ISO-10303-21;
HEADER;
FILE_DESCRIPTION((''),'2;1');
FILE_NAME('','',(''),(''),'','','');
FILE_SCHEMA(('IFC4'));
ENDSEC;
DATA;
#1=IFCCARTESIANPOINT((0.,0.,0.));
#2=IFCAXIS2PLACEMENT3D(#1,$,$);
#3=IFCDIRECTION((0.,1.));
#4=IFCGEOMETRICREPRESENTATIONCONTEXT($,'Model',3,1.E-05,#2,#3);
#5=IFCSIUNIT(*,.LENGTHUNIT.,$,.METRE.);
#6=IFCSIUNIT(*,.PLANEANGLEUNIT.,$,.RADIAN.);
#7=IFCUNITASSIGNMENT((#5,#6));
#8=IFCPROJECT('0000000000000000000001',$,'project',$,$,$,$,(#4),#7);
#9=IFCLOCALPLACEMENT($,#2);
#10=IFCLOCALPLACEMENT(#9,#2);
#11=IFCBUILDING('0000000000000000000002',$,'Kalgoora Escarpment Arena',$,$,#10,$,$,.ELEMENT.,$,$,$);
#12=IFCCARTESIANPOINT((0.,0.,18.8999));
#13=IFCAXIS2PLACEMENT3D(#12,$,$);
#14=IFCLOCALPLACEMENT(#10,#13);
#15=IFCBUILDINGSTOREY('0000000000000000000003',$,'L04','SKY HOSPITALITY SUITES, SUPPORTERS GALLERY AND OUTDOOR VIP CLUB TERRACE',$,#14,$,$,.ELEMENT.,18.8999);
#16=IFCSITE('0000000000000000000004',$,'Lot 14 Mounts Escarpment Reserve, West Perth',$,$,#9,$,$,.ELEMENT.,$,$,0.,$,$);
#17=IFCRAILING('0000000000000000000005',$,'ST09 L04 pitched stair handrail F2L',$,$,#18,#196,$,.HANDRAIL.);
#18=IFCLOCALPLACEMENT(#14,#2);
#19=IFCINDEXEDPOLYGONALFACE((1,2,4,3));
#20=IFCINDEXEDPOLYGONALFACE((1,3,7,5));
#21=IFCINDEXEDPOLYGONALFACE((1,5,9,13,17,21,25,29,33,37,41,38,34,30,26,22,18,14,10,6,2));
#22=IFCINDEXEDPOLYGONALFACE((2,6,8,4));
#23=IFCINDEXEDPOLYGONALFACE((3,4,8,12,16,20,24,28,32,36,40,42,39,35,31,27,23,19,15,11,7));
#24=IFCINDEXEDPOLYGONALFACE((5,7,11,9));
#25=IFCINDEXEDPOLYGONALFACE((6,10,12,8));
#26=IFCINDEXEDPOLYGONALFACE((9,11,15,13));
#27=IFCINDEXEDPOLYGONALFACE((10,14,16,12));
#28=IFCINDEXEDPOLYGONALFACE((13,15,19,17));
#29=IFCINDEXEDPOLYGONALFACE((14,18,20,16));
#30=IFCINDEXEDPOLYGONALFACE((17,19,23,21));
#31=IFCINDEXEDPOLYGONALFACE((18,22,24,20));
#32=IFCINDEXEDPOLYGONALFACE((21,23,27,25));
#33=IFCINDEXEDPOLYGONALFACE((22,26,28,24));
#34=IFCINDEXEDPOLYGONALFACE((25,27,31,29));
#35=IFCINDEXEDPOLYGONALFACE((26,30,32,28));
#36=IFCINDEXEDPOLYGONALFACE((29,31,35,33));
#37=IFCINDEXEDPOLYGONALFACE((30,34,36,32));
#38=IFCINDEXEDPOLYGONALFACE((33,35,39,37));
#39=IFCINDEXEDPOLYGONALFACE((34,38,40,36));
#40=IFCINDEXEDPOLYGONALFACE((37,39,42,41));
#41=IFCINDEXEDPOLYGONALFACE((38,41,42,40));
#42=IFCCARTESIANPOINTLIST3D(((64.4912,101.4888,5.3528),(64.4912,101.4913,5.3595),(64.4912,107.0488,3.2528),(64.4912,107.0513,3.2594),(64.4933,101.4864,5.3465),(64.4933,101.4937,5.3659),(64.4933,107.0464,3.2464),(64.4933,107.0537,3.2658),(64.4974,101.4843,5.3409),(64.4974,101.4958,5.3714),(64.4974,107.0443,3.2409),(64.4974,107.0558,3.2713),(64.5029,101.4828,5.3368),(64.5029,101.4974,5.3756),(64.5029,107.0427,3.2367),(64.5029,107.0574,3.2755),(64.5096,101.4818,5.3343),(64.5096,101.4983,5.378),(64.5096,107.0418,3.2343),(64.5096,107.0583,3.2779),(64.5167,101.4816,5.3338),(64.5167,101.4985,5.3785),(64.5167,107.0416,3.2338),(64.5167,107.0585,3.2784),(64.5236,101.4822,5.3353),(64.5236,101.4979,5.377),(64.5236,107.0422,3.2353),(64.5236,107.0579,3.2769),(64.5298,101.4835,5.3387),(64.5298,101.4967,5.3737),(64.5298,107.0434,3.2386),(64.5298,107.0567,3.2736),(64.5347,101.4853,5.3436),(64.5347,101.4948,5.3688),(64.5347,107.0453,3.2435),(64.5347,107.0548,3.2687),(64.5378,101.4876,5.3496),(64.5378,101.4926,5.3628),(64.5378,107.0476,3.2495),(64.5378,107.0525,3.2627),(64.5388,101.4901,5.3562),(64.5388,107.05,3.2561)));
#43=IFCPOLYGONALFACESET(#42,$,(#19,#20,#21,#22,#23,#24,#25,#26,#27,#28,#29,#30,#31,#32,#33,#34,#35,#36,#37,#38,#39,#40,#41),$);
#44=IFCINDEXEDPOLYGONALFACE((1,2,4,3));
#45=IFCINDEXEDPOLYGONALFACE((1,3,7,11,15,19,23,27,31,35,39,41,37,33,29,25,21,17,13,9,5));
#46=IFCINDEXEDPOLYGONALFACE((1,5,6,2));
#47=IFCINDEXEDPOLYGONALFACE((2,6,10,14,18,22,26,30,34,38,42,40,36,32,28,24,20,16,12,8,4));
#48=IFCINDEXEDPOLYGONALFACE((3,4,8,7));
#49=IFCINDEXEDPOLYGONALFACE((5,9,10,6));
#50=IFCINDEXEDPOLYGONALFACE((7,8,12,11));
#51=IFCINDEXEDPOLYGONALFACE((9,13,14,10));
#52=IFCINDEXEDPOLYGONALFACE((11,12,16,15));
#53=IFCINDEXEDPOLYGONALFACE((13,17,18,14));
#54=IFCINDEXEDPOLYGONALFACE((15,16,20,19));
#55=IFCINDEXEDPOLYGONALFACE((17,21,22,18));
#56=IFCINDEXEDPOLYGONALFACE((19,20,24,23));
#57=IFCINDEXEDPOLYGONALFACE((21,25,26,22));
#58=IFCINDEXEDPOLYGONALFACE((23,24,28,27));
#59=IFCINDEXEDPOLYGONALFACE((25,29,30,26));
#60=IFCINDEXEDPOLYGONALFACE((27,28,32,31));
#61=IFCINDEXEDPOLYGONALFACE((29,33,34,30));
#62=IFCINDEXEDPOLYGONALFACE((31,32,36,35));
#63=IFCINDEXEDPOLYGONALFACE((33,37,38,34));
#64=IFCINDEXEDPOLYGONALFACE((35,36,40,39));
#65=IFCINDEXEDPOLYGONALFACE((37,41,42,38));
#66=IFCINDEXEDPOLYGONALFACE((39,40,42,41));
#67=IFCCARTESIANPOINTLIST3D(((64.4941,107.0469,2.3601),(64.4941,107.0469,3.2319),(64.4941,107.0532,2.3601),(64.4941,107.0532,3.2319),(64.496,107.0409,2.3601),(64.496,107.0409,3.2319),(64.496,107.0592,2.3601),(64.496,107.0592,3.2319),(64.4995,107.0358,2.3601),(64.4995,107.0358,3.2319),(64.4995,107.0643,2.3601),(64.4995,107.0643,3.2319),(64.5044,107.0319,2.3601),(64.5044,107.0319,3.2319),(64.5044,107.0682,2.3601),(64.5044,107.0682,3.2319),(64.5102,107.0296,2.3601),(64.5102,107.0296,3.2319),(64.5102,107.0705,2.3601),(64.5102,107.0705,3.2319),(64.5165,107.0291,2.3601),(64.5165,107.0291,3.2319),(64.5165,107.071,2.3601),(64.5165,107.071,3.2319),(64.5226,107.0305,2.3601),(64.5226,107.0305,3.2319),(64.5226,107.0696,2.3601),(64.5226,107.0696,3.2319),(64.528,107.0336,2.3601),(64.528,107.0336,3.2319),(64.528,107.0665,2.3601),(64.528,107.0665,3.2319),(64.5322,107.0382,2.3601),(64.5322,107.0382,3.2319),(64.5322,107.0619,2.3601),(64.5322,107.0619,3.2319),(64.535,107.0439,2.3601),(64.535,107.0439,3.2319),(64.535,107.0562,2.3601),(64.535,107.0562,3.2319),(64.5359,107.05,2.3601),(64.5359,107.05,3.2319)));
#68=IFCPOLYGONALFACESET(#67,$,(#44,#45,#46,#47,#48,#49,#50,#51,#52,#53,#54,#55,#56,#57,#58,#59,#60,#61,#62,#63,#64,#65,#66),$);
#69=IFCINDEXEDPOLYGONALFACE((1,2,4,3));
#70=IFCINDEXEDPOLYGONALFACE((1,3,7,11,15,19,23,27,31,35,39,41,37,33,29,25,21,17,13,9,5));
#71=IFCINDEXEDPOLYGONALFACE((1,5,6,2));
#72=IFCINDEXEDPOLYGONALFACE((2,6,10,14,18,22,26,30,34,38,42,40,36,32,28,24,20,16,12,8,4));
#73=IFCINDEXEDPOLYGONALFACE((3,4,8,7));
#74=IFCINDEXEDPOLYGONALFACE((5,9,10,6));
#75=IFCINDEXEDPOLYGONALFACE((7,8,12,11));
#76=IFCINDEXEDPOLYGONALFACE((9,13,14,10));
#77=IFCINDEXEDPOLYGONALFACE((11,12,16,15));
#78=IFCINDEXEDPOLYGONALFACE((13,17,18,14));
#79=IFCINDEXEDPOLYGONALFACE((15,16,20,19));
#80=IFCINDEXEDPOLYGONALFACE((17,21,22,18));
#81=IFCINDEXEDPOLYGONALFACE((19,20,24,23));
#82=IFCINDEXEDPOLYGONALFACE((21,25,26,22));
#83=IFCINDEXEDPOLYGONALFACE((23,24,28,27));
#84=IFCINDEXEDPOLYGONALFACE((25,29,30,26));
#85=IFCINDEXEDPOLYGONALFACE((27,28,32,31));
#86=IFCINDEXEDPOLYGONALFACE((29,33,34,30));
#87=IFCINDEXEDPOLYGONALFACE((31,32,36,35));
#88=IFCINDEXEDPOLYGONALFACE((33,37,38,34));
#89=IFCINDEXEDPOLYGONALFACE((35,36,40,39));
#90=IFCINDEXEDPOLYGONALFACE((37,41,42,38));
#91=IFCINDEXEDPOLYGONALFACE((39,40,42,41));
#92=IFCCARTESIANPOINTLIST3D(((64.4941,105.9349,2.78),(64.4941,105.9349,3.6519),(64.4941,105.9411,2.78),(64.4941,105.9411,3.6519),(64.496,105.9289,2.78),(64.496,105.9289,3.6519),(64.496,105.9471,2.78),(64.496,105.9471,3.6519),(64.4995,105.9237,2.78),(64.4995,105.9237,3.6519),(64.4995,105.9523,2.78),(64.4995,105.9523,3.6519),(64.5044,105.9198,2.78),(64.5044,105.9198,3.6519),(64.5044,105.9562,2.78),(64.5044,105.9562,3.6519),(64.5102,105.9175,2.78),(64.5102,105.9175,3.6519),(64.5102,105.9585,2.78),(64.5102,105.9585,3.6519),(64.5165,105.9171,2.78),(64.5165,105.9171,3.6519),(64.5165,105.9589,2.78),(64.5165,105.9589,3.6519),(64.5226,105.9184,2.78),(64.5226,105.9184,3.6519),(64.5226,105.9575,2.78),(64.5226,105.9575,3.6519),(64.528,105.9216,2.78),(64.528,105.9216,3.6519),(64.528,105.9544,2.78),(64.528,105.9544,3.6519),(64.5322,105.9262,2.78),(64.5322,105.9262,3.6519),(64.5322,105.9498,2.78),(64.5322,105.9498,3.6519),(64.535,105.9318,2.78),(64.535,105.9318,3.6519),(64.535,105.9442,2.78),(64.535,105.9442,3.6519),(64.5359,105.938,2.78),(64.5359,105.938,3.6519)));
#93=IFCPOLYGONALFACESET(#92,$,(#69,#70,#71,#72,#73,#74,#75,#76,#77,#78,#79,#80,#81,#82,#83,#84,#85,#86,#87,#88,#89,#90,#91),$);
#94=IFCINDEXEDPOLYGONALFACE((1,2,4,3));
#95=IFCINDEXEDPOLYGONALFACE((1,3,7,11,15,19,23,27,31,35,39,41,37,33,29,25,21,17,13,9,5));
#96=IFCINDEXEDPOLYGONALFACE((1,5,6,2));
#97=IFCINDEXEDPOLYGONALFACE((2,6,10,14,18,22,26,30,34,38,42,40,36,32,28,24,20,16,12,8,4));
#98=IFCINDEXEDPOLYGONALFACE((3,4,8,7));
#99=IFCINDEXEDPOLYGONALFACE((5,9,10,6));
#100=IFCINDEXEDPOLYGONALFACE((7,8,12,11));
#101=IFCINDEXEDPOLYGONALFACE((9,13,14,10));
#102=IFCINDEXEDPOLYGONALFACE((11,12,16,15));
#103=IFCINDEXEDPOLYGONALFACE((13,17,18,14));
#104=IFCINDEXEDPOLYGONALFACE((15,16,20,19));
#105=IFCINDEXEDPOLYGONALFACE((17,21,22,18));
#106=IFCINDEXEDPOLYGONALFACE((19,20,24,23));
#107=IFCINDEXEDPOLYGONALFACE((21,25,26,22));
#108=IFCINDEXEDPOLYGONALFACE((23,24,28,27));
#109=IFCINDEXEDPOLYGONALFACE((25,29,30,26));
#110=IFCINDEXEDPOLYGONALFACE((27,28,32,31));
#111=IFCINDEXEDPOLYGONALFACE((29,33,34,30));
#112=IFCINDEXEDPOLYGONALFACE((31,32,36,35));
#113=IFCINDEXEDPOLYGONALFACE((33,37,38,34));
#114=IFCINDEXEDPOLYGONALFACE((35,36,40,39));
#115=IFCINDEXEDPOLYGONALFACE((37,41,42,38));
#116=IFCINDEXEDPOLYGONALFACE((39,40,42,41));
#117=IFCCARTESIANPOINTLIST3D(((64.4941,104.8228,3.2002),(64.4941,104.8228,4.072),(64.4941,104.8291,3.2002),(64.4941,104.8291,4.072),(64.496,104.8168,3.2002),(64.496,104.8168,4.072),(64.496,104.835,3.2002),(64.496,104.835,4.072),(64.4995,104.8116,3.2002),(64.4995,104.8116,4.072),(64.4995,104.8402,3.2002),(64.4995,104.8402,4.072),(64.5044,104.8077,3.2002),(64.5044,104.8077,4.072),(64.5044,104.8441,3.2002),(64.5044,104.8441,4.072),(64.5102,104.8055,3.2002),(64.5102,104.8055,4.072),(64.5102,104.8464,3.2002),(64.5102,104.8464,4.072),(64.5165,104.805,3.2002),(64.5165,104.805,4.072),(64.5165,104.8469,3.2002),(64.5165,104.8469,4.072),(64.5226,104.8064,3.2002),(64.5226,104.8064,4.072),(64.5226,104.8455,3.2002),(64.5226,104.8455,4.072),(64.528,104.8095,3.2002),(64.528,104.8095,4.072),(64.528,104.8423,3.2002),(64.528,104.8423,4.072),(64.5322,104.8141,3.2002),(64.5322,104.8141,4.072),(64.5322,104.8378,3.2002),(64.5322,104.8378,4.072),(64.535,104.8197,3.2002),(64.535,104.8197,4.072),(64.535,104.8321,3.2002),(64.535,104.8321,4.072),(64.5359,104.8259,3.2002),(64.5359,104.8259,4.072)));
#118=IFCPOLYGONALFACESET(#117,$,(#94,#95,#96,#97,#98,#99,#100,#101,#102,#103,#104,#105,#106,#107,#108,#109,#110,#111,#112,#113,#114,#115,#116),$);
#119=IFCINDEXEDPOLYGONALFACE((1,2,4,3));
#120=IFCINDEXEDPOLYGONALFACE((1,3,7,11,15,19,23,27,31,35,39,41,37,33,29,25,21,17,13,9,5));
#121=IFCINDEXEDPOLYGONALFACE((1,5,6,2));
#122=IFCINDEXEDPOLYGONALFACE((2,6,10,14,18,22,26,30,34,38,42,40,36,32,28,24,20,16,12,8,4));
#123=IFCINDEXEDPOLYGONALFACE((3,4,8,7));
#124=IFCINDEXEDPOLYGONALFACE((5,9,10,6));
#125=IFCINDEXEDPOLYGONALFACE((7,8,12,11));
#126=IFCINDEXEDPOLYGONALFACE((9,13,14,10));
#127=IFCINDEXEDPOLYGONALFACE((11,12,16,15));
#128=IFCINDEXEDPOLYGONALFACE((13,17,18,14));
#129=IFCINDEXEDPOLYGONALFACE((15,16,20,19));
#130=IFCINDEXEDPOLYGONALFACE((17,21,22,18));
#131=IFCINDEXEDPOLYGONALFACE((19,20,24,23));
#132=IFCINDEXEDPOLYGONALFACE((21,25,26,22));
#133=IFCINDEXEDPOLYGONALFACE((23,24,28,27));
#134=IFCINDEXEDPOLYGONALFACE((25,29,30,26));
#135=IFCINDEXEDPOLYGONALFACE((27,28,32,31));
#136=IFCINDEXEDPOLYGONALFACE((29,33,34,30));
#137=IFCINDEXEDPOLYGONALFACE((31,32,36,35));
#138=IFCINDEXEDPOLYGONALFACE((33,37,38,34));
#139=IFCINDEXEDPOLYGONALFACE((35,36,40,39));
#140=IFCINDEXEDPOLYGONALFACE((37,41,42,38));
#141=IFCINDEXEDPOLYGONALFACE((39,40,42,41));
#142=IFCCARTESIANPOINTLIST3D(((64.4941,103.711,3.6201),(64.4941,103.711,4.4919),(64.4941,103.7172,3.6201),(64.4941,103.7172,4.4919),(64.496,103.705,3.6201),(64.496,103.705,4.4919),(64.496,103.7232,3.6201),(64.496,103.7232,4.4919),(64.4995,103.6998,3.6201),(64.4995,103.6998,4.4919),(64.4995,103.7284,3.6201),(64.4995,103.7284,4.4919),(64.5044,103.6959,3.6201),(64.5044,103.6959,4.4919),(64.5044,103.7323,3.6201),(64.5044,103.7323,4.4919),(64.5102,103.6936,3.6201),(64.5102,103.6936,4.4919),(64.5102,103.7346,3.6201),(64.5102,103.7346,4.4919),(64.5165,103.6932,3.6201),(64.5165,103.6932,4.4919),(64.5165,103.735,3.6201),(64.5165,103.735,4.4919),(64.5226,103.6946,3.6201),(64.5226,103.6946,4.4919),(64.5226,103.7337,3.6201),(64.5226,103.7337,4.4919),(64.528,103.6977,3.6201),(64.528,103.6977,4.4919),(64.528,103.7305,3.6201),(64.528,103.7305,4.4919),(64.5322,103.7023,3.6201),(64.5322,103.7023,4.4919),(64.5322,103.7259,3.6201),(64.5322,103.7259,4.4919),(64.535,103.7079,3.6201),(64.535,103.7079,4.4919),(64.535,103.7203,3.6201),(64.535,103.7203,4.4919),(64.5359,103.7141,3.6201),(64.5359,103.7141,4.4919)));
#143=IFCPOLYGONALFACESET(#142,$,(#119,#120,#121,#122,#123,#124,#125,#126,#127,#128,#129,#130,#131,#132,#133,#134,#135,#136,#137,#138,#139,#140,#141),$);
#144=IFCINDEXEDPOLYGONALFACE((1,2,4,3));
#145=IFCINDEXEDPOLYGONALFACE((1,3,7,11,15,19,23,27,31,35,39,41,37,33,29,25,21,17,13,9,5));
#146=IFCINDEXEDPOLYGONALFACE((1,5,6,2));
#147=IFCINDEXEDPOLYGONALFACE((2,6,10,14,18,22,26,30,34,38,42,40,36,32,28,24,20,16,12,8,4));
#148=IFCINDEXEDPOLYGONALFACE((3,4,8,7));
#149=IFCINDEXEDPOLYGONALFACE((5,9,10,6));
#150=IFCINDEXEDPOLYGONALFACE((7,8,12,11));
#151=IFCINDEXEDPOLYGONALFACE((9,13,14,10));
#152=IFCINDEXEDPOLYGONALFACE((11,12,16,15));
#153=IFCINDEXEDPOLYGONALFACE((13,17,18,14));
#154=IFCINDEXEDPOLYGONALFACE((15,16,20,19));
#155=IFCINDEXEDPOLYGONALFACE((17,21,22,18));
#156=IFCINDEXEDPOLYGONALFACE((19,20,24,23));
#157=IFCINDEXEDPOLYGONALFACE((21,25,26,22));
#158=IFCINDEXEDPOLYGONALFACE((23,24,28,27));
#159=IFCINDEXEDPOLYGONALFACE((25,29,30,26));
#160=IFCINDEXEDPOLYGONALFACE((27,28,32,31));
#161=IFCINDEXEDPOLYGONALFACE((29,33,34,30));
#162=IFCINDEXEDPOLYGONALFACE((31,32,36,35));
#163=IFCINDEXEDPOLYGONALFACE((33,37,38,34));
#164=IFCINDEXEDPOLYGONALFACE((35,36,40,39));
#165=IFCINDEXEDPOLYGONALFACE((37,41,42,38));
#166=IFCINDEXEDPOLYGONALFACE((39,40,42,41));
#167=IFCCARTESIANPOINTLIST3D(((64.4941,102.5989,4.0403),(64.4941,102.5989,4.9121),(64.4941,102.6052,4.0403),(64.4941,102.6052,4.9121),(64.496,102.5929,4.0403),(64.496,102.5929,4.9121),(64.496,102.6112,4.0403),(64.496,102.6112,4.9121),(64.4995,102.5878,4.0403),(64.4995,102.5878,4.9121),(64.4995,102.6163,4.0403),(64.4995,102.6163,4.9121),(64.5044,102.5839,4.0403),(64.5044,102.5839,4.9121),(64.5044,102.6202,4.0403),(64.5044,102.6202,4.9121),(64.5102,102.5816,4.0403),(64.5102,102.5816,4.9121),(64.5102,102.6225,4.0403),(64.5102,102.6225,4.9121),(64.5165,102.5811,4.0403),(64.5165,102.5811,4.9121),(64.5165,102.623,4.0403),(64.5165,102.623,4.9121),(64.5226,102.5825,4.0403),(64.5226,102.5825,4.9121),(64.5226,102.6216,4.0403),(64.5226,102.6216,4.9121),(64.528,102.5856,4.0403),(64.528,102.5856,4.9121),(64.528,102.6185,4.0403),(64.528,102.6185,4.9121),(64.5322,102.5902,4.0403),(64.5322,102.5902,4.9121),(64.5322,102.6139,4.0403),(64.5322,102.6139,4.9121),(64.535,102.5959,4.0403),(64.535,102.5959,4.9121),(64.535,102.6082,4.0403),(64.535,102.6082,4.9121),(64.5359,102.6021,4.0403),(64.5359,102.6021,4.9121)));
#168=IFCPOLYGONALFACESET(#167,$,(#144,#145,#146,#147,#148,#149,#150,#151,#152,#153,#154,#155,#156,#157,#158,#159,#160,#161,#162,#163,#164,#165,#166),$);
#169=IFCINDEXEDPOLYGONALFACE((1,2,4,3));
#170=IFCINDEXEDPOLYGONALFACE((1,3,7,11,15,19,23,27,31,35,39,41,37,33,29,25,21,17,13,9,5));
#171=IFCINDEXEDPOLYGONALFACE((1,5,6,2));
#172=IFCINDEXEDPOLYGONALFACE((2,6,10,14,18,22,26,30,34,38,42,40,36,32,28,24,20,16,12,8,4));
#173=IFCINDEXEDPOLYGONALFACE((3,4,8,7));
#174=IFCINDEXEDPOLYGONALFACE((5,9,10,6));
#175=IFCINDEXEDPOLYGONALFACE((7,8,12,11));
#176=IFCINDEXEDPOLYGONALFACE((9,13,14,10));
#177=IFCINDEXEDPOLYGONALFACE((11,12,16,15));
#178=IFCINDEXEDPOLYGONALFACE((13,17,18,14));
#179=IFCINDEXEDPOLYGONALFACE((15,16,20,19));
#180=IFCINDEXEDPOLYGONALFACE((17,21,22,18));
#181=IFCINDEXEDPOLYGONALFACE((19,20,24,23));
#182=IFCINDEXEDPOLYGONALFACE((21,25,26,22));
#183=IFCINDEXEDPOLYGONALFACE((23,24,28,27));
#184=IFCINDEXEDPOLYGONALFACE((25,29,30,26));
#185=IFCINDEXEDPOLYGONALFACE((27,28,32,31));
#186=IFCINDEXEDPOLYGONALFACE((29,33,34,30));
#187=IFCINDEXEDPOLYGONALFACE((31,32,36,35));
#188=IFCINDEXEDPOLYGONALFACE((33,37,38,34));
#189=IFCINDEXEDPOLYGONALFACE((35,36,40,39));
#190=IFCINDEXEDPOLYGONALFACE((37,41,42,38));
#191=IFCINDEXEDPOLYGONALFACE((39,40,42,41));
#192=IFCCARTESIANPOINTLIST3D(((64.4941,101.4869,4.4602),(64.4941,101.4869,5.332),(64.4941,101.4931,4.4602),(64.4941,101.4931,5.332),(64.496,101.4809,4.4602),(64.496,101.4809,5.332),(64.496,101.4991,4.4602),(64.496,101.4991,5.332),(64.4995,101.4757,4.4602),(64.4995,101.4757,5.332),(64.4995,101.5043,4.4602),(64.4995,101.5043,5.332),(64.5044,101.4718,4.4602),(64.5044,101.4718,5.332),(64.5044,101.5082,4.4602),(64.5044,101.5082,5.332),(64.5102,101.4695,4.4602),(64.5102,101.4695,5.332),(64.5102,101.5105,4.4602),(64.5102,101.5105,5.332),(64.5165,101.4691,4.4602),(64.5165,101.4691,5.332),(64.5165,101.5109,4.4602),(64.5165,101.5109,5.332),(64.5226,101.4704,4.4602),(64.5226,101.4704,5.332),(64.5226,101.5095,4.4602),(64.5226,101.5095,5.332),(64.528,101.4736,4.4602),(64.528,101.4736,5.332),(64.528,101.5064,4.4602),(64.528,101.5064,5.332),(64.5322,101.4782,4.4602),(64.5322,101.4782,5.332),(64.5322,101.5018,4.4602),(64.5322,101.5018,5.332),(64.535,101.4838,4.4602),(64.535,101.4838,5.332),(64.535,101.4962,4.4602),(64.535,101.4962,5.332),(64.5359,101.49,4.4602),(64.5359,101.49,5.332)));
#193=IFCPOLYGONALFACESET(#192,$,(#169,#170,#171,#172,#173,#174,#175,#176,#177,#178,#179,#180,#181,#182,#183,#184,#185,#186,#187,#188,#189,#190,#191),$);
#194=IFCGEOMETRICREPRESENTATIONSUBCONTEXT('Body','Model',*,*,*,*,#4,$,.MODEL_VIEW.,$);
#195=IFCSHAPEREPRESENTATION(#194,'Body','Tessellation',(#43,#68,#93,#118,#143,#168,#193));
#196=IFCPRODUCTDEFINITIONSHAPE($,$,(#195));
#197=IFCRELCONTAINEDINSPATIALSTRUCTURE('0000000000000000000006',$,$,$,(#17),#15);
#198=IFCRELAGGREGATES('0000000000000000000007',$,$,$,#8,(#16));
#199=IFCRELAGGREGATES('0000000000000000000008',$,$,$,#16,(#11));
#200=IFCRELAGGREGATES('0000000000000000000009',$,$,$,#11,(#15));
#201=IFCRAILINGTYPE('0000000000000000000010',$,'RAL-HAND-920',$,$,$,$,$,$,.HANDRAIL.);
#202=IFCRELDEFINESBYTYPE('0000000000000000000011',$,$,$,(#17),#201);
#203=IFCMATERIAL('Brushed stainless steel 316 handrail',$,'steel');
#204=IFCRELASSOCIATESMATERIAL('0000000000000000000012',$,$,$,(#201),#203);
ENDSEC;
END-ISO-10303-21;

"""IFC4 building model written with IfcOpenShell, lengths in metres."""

from ifc_helpers import new_model, si_unit, direction, frame, origin, origin_2d, place, context, subcontext, project, spatial, circle, extrude, material, type_object, element, save


model = new_model("IFC4")

# Units and contexts
model_context = context("Model", 3, precision=1e-05, world=origin(), true_north=direction((0.0, 1.0)))
body_context = subcontext(model_context, "Body", "Model", "MODEL_VIEW")
ifc_project = project(units=[si_unit("LENGTHUNIT", "METRE"), si_unit("PLANEANGLEUNIT", "RADIAN")], contexts=[model_context])

# Site, building, storey
site_placement = place(None, origin())
site = spatial("IfcSite", under=ifc_project, at=site_placement, Name="Lot 14 Mounts Escarpment Reserve, West Perth", CompositionType="ELEMENT", RefElevation=0.0)
building_placement = place(site_placement, origin())
building = spatial("IfcBuilding", under=site, at=building_placement, Name="Kalgoora Escarpment Arena", CompositionType="ELEMENT")
storey_placement = place(building_placement, frame((0.0, 0.0, 18.8999)))
storey = spatial("IfcBuildingStorey", under=building, at=storey_placement, Name="L04", Description="SKY HOSPITALITY SUITES, SUPPORTERS GALLERY AND OUTDOOR VIP CLUB TERRACE", CompositionType="ELEMENT", Elevation=18.8999)

# Railing
ifc_material_1 = material(Name="Brushed stainless steel 316 handrail", Category="steel")
railing_type_1 = type_object("IfcRailingType", Name="RAL-HAND-920", PredefinedType="HANDRAIL", material=ifc_material_1)
for number, where, name in (
    (1, (64.5149, 107.05, 2.3601), "ST09 L04 pitched stair handrail F2L"),
):
    element("IfcRailing", number, at=place(storey_placement, frame(where)), inside=storey, type_object=railing_type_1, Name=name, PredefinedType="HANDRAIL", context=body_context, shape_type="SweptSolid", body=[
        extrude(circle(Radius=0.0239, at=origin_2d()), frame((0.0, 0.0, 0.896), z_axis=(0.0, -0.935493, 0.353346), x_axis=(1.0, 0.0, 0.0)), (0.0, 0.0, 1.0), 5.9434),
        extrude(circle(Radius=0.021, at=origin_2d()), origin(), (0.0, 0.0, 1.0), 0.8718),
        extrude(circle(Radius=0.021, at=origin_2d()), frame((0.0, -1.1121, 0.4199)), (0.0, 0.0, 1.0), 0.8718),
        extrude(circle(Radius=0.021, at=origin_2d()), frame((0.0, -2.2241, 0.8401)), (0.0, 0.0, 1.0), 0.8718),
        extrude(circle(Radius=0.021, at=origin_2d()), frame((0.0, -3.3359, 1.26)), (0.0, 0.0, 1.0), 0.8718),
        extrude(circle(Radius=0.021, at=origin_2d()), frame((0.0, -4.448, 1.6802)), (0.0, 0.0, 1.0), 0.8718),
        extrude(circle(Radius=0.021, at=origin_2d()), frame((0.0, -5.5601, 2.1001)), (0.0, 0.0, 1.0), 0.8718),
    ])

save(model, "model.ifc")
